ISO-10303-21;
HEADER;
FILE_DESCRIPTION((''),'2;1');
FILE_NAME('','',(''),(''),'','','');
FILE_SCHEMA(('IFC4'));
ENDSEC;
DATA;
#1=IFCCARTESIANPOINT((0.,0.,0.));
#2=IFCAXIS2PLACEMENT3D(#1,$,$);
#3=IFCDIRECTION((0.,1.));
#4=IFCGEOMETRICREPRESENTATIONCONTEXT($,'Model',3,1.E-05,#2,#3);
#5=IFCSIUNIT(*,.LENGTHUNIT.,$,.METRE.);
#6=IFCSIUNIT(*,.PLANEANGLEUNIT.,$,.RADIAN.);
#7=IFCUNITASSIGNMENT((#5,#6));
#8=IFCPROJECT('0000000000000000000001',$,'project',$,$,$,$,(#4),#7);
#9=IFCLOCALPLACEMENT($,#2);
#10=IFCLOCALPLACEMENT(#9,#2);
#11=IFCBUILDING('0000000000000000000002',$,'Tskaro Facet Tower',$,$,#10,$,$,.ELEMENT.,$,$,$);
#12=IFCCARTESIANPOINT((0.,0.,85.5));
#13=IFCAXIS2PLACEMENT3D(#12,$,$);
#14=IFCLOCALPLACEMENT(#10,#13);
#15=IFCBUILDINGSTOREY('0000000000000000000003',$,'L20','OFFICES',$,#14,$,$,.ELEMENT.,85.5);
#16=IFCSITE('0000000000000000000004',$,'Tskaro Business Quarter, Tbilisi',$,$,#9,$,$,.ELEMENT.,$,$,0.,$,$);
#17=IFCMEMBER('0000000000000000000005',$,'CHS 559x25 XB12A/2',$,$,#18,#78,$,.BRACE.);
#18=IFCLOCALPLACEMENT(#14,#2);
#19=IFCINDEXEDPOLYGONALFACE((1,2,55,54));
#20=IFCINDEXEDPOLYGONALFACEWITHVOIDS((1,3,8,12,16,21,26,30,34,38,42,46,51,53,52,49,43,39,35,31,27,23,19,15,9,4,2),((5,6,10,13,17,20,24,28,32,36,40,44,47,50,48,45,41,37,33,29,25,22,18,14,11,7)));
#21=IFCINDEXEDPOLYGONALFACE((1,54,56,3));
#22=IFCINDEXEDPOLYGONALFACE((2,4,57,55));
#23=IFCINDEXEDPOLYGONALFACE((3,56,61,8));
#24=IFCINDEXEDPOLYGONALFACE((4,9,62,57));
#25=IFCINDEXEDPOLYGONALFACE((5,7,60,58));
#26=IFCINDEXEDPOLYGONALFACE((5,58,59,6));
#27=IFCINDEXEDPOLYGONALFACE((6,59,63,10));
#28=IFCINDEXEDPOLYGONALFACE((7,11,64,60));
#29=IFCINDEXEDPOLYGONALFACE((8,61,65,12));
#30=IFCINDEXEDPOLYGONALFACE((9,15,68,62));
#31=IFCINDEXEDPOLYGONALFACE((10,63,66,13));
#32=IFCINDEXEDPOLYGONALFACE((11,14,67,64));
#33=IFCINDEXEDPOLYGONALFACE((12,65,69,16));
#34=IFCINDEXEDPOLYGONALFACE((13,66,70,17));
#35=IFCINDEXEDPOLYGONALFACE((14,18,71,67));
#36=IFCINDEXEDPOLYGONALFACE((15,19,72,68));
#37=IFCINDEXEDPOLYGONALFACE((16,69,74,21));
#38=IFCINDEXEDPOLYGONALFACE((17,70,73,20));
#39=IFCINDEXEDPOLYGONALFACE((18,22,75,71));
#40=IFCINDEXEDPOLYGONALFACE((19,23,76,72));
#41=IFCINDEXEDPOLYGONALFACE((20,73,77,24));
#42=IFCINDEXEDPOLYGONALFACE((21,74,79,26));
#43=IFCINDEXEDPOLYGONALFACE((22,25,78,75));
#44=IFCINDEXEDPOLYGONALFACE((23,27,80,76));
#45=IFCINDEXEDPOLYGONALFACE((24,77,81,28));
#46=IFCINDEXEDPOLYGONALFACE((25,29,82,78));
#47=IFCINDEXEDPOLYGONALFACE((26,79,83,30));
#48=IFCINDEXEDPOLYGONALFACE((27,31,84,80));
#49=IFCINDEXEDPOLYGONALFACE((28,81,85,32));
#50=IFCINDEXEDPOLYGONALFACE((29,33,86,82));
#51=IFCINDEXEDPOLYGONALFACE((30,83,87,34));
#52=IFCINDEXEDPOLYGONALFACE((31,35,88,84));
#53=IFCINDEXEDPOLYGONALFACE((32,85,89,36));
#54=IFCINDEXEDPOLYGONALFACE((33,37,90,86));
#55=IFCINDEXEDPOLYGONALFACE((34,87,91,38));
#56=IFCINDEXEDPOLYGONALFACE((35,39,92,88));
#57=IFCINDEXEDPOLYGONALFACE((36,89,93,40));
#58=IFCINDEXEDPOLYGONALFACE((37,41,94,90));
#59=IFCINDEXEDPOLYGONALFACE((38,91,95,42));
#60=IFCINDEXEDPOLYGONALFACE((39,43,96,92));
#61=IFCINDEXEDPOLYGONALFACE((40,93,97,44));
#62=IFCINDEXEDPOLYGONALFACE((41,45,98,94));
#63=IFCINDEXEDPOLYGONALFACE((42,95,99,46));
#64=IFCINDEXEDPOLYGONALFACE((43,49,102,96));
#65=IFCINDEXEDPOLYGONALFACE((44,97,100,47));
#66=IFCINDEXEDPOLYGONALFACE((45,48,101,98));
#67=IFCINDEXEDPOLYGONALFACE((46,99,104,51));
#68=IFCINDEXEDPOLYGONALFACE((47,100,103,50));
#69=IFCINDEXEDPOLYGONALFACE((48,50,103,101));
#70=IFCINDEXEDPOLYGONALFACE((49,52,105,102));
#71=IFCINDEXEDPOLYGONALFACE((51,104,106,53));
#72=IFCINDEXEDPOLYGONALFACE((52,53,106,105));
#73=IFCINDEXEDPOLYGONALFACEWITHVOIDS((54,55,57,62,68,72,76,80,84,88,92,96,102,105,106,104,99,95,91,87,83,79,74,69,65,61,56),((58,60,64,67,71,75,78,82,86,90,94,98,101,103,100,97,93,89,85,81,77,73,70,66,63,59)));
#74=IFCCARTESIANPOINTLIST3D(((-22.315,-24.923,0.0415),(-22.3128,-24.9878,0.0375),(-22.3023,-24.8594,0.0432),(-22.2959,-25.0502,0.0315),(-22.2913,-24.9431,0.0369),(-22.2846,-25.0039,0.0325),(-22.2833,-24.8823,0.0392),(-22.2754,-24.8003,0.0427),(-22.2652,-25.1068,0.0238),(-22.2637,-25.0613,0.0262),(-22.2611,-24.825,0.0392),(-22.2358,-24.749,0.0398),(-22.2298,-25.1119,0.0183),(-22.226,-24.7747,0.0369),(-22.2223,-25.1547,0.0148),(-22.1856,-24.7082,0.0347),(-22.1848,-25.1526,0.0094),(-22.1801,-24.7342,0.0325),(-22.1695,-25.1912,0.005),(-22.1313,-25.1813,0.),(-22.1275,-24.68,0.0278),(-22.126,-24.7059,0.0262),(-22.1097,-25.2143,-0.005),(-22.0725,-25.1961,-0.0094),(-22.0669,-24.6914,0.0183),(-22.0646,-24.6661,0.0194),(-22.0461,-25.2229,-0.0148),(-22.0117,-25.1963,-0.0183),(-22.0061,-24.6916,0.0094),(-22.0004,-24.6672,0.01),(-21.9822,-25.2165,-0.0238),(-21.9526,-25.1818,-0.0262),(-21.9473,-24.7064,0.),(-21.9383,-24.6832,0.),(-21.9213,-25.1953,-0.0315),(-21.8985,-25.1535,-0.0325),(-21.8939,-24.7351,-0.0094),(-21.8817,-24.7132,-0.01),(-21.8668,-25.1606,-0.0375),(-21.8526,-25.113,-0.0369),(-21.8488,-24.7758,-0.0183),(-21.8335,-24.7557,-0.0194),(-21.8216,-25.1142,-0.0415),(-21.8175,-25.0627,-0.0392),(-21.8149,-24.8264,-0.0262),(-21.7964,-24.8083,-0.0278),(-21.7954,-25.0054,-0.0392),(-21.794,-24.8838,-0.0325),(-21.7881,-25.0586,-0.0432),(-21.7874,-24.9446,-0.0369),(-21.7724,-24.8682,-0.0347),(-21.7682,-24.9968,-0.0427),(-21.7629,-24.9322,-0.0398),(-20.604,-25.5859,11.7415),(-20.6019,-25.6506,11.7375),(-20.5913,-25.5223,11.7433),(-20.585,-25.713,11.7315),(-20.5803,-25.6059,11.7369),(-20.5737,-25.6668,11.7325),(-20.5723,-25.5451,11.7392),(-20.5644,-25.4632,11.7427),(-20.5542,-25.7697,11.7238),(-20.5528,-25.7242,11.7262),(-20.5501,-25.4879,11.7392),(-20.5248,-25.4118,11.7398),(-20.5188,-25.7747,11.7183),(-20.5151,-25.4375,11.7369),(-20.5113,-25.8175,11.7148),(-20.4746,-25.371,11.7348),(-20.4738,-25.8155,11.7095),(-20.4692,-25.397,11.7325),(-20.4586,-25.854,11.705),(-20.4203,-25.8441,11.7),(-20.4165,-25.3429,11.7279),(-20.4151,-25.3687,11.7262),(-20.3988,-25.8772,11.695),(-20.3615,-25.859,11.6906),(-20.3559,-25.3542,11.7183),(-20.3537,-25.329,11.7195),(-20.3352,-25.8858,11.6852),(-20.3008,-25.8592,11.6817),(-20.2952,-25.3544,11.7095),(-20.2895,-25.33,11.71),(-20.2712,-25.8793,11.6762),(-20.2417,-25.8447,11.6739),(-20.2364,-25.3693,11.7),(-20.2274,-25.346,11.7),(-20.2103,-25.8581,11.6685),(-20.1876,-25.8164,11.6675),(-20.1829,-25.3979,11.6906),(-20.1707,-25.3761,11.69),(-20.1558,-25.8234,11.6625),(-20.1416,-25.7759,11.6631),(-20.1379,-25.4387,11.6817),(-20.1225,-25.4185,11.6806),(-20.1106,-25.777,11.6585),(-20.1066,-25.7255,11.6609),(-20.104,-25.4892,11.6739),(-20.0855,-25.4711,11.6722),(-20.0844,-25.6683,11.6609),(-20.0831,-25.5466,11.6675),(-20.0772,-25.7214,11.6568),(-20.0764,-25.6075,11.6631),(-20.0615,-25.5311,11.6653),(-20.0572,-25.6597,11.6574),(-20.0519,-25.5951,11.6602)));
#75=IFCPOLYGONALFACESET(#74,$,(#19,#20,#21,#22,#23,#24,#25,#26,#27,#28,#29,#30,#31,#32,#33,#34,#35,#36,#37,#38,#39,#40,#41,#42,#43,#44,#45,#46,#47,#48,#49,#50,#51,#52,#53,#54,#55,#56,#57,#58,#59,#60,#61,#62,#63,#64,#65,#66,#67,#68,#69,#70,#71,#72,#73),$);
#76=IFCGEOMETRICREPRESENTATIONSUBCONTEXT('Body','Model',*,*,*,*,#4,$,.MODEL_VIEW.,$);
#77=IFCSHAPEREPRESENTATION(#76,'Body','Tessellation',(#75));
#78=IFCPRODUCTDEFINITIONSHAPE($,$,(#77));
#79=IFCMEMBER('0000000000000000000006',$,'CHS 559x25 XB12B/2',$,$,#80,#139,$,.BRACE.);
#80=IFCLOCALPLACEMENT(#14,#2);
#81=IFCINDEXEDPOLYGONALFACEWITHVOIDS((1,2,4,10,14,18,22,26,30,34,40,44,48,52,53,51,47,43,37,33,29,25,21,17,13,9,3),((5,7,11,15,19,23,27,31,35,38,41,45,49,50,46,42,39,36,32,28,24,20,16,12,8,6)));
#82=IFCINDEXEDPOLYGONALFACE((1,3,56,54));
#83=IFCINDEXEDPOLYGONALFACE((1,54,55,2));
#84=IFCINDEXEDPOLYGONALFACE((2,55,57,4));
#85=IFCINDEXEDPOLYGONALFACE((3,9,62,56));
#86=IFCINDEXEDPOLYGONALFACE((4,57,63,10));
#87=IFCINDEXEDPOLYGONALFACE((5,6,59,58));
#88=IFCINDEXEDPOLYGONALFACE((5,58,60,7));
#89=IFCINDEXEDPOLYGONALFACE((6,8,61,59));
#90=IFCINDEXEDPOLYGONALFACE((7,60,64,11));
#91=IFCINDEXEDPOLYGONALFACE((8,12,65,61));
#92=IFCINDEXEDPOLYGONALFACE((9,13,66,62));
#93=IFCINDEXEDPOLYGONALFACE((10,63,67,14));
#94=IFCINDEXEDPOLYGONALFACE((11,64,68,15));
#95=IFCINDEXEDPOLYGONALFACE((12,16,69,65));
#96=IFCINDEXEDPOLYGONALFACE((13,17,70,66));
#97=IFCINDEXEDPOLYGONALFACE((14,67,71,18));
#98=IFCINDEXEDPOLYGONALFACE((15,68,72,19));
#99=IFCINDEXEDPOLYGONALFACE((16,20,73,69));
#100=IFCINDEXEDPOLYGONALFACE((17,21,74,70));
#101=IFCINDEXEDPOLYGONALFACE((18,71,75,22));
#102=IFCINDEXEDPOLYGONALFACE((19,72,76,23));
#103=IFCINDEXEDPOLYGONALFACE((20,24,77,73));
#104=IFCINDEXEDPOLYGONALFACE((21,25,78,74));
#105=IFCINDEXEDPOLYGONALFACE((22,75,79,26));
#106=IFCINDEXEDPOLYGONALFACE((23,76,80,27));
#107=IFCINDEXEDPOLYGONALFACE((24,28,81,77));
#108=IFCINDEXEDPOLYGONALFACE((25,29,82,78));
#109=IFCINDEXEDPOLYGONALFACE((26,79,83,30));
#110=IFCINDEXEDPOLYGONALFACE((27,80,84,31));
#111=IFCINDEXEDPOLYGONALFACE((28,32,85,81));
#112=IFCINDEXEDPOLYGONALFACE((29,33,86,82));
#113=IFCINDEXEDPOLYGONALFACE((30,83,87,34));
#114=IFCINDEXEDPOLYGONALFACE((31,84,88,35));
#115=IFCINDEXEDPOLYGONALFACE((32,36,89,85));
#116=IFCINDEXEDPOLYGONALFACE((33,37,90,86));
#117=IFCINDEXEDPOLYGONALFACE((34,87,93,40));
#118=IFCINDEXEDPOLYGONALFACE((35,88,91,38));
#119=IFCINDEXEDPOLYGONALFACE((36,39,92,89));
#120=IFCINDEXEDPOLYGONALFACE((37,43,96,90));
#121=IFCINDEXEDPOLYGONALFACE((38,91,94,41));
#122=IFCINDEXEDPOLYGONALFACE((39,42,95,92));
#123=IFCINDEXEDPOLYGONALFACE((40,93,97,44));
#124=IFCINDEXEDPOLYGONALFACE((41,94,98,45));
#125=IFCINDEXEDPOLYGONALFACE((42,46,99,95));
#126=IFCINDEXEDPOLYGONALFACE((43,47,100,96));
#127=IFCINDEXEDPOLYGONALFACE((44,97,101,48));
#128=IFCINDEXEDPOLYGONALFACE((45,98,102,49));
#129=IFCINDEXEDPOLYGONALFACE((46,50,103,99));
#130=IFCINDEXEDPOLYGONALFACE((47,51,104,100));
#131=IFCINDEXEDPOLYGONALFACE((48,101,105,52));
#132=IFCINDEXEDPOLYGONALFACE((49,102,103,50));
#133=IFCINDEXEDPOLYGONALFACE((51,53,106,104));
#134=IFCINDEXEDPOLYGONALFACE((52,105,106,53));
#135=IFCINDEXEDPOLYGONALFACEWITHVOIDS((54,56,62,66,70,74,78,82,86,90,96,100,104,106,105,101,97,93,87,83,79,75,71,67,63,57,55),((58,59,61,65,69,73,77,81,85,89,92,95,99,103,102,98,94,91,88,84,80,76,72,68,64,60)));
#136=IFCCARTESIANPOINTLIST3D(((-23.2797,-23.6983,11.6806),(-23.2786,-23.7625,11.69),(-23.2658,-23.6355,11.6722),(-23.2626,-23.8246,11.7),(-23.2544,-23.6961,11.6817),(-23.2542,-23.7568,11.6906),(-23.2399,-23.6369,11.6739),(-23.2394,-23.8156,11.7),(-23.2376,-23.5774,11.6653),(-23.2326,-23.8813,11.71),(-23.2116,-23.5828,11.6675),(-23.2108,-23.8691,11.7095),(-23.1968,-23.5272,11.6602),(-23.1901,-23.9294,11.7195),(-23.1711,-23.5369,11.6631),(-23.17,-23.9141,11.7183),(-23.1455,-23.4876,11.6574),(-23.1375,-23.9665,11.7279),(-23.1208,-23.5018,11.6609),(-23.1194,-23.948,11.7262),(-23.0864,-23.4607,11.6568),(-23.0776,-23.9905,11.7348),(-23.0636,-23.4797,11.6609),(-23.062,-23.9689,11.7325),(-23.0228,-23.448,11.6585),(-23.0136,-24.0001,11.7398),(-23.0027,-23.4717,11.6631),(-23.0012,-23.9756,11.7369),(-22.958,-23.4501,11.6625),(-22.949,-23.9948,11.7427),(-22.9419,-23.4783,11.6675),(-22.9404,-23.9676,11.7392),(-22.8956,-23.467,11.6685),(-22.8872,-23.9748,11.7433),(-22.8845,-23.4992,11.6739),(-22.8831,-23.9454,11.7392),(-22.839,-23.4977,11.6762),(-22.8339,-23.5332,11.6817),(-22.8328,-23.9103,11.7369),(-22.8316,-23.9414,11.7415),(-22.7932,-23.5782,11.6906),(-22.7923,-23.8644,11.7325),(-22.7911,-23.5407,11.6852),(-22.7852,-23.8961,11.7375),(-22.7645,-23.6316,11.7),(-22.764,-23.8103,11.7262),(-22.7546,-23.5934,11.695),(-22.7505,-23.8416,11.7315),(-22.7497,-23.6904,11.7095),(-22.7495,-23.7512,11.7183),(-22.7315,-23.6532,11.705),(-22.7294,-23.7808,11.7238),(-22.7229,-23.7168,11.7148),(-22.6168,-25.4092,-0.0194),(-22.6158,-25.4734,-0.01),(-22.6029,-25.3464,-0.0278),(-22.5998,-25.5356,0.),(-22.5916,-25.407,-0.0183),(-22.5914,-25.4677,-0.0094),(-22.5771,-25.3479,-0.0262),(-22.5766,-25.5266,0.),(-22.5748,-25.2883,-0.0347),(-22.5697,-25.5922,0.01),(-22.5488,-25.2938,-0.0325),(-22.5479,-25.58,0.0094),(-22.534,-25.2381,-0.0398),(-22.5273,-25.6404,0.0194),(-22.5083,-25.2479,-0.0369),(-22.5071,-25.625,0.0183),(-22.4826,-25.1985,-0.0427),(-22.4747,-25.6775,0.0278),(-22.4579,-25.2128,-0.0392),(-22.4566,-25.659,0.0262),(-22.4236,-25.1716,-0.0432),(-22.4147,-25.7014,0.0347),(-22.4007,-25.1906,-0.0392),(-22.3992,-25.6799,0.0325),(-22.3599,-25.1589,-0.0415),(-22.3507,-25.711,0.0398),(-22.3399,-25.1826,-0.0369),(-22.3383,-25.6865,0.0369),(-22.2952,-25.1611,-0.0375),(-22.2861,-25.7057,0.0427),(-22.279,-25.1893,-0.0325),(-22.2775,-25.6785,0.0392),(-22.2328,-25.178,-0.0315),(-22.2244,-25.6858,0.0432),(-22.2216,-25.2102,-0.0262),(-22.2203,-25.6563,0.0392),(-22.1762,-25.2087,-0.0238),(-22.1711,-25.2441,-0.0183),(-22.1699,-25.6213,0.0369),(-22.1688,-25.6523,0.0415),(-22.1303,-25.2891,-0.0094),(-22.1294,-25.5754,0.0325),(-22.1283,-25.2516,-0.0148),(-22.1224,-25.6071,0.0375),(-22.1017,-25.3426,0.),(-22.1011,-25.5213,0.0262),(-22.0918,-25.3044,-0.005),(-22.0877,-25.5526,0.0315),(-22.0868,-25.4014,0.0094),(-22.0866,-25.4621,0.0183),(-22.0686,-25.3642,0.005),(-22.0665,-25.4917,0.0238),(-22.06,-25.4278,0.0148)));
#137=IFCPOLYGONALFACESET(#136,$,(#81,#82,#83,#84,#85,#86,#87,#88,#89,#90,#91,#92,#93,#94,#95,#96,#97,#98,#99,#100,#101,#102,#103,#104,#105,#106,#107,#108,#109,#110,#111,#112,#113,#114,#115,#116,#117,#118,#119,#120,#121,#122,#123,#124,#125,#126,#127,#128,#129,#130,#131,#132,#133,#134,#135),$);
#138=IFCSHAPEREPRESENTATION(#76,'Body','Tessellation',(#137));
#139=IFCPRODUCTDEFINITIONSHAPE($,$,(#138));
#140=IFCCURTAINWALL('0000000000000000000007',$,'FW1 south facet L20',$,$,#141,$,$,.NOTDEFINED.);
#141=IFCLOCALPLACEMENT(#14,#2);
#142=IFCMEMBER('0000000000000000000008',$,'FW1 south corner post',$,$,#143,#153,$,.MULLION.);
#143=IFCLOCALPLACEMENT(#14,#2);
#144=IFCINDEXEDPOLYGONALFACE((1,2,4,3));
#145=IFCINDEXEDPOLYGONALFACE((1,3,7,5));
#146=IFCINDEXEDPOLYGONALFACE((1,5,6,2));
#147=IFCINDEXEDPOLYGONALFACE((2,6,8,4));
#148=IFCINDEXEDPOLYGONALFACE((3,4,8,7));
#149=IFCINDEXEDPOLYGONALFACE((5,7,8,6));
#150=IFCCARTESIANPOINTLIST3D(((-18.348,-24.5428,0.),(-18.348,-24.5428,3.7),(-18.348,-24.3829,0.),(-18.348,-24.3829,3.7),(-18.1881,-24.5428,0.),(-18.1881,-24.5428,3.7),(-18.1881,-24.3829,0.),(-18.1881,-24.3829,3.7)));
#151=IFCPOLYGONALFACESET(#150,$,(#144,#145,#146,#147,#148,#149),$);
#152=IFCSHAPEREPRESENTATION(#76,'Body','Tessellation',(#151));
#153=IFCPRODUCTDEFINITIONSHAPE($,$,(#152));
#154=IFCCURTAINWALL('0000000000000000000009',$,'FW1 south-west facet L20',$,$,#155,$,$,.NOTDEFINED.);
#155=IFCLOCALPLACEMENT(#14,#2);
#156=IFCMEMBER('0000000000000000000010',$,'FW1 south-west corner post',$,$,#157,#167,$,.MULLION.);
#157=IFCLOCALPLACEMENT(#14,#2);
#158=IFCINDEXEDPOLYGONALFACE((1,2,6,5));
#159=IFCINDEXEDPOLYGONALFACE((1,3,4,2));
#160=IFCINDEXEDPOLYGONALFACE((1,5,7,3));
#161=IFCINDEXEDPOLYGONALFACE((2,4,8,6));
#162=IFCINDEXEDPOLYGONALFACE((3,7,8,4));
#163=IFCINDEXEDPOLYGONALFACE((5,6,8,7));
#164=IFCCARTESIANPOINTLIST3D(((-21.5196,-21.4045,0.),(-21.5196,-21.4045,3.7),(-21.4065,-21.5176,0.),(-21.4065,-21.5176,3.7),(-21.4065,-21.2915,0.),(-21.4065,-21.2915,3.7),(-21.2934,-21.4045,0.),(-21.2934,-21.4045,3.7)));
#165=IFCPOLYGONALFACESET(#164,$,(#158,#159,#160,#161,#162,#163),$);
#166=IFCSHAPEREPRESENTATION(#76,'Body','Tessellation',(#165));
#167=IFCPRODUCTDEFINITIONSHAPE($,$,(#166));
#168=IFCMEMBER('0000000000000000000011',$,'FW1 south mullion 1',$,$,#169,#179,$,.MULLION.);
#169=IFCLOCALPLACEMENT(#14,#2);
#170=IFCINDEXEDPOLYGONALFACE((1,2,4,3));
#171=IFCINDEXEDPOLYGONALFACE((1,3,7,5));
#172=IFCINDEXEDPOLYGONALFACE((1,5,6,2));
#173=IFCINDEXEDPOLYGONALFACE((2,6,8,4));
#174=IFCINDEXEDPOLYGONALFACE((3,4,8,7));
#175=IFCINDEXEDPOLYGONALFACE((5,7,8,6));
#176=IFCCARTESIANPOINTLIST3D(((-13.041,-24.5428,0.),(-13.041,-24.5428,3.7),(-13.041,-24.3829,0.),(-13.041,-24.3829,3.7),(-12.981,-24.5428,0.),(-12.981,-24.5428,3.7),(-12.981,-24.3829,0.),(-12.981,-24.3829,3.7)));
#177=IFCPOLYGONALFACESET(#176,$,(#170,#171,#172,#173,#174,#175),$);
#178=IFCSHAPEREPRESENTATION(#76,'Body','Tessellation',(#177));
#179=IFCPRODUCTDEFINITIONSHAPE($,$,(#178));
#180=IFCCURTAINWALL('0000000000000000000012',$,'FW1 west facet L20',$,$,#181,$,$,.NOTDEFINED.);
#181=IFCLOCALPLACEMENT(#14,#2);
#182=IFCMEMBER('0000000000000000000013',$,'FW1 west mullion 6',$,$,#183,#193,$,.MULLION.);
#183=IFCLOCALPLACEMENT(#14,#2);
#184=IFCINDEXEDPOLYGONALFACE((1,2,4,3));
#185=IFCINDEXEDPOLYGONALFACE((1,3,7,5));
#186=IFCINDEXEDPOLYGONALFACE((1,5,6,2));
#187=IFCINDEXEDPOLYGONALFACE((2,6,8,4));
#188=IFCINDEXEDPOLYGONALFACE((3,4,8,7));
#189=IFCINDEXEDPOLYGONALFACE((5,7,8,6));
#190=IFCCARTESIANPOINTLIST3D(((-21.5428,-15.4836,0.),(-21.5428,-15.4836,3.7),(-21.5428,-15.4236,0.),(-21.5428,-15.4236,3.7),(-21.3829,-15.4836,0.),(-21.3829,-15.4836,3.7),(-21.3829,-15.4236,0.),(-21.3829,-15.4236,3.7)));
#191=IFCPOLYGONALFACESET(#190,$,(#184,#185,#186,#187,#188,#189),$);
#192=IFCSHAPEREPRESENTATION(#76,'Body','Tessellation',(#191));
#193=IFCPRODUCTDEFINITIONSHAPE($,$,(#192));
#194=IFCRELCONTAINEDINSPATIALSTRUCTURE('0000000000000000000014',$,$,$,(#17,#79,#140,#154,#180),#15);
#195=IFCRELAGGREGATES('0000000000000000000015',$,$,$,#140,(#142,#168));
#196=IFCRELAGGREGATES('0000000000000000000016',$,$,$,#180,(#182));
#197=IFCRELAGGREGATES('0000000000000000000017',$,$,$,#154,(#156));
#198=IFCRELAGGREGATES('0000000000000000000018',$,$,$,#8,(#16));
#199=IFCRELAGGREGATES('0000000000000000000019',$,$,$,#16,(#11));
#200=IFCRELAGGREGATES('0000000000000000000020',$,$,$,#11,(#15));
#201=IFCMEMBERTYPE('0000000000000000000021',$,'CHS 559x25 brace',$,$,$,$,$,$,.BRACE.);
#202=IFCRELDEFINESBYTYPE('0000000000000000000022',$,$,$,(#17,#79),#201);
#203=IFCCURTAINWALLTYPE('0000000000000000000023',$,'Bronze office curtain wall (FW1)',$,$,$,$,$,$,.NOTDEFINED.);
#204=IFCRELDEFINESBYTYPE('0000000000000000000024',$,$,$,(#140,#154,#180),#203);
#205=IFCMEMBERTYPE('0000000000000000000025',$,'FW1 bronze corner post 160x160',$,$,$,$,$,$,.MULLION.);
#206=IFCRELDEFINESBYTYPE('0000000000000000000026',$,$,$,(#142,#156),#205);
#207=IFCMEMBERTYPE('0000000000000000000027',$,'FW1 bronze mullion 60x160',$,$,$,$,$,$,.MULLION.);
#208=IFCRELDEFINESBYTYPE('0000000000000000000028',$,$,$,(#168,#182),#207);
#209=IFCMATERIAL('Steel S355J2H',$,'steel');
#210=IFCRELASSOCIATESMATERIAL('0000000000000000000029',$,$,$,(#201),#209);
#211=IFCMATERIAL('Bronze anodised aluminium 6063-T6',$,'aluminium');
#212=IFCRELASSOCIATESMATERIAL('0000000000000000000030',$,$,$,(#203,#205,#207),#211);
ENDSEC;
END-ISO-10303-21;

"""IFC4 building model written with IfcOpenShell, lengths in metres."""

from ifc_helpers import new_model, si_unit, direction, frame, origin, origin_2d, place, context, subcontext, project, spatial, rectangle, hollow_circle, extrude, material, material_profile, profile_set, type_object, element, aggregate, save


model = new_model("IFC4")

# Units and contexts
model_context = context("Model", 3, precision=1e-05, world=origin(), true_north=direction((0.0, 1.0)))
body_context = subcontext(model_context, "Body", "Model", "MODEL_VIEW")
ifc_project = project(units=[si_unit("LENGTHUNIT", "METRE"), si_unit("PLANEANGLEUNIT", "RADIAN")], contexts=[model_context])

# Site, building, storey
site_placement = place(None, origin())
site = spatial("IfcSite", under=ifc_project, at=site_placement, Name="Tskaro Business Quarter, Tbilisi", CompositionType="ELEMENT", RefElevation=0.0)
building_placement = place(site_placement, origin())
building = spatial("IfcBuilding", under=site, at=building_placement, Name="Tskaro Facet Tower", CompositionType="ELEMENT")
storey_placement = place(building_placement, frame((0.0, 0.0, 85.5)))
storey = spatial("IfcBuildingStorey", under=building, at=storey_placement, Name="L20", Description="OFFICES", CompositionType="ELEMENT", Elevation=85.5)

# Shared definitions
ifc_material_1 = material(Name="Steel S355J2H", Category="steel")

# Members
ifc_material_profile_1 = material_profile(ifc_material_1, hollow_circle(Radius=0.2795, WallThickness=0.0249, at=origin_2d()), Name="CHS 559x25")
ifc_profile_set_1 = profile_set([ifc_material_profile_1], Name="Steel S355J2H")
member_type_1 = type_object("IfcMemberType", Name="CHS 559x25 brace", PredefinedType="BRACE", material=ifc_profile_set_1)
for number, where, z_axis, x_axis, name in (
    (1, (-22.0393, -24.9438, 0.0), (0.144469, -0.055969, 0.987925), (0.361252, 0.932468, 0.0), "CHS 559x25 XB12A/2"),
    (2, (-22.3391, -25.4346, 0.0), (-0.055969, 0.144469, 0.987925), (-0.932468, -0.361252, 0.0), "CHS 559x25 XB12B/2"),
):
    element("IfcMember", number, at=place(storey_placement, frame(where, z_axis=z_axis, x_axis=x_axis)), inside=storey, type_object=member_type_1, Name=name, PredefinedType="BRACE", context=body_context, shape_type="SweptSolid", body=[
        extrude(hollow_circle(Radius=0.2795, WallThickness=0.0249, at=origin_2d()), origin(), (0.0, 0.0, 1.0), 11.843),
    ])

# Curtain walls, members
ifc_material_2 = material(Name="Bronze anodised aluminium 6063-T6", Category="aluminium")
curtain_wall_type = type_object("IfcCurtainWallType", Name="Bronze office curtain wall (FW1)", PredefinedType="NOTDEFINED", material=ifc_material_2)
curtain_wall_1_placement = place(storey_placement, origin())
curtain_wall_1 = element("IfcCurtainWall", 3, at=curtain_wall_1_placement, inside=storey, type_object=curtain_wall_type, Name="FW1 south facet L20", PredefinedType="NOTDEFINED")
ifc_material_profile_2 = material_profile(ifc_material_2, rectangle(XDim=0.1599, YDim=0.1599, at=origin_2d()), Name="Corner post 160x160")
ifc_profile_set_2 = profile_set([ifc_material_profile_2], Name="Bronze anodised aluminium 6063-T6")
member_type_2 = type_object("IfcMemberType", Name="FW1 bronze corner post 160x160", PredefinedType="MULLION", material=ifc_profile_set_2)
member_1_placement = place(storey_placement, frame((-18.2681, -24.4629, 0.0), z_axis=(0.0, 0.0, 1.0), x_axis=(1.0, 0.0, 0.0)))
member_1 = element("IfcMember", 4, at=member_1_placement, type_object=member_type_2, Name="FW1 south corner post", PredefinedType="MULLION", context=body_context, shape_type="SweptSolid", body=[
    extrude(rectangle(XDim=0.1599, YDim=0.1599, at=origin_2d()), origin(), (0.0, 0.0, 1.0), 3.7),
])
curtain_wall_2_placement = place(storey_placement, origin())
curtain_wall_2 = element("IfcCurtainWall", 5, at=curtain_wall_2_placement, inside=storey, type_object=curtain_wall_type, Name="FW1 south-west facet L20", PredefinedType="NOTDEFINED")
member_2_placement = place(storey_placement, frame((-21.4065, -21.4045, 0.0), z_axis=(0.0, 0.0, 1.0), x_axis=(0.707107, -0.707107, 0.0)))
member_2 = element("IfcMember", 6, at=member_2_placement, type_object=member_type_2, Name="FW1 south-west corner post", PredefinedType="MULLION", context=body_context, shape_type="SweptSolid", body=[
    extrude(rectangle(XDim=0.1599, YDim=0.1599, at=origin_2d()), origin(), (0.0, 0.0, 1.0), 3.7),
])

# Member
ifc_material_profile_3 = material_profile(ifc_material_2, rectangle(XDim=0.0601, YDim=0.1599, at=origin_2d()), Name="Mullion 60x160")
ifc_profile_set_3 = profile_set([ifc_material_profile_3], Name="Bronze anodised aluminium 6063-T6")
member_type_3 = type_object("IfcMemberType", Name="FW1 bronze mullion 60x160", PredefinedType="MULLION", material=ifc_profile_set_3)
member_3_placement = place(storey_placement, frame((-13.011, -24.4629, 0.0), z_axis=(0.0, 0.0, 1.0), x_axis=(1.0, 0.0, 0.0)))
member_3 = element("IfcMember", 7, at=member_3_placement, type_object=member_type_3, Name="FW1 south mullion 1", PredefinedType="MULLION", context=body_context, shape_type="SweptSolid", body=[
    extrude(rectangle(XDim=0.0601, YDim=0.1599, at=origin_2d()), origin(), (0.0, 0.0, 1.0), 3.7),
])

# Curtain wall, member
curtain_wall_3_placement = place(storey_placement, origin())
curtain_wall_3 = element("IfcCurtainWall", 8, at=curtain_wall_3_placement, inside=storey, type_object=curtain_wall_type, Name="FW1 west facet L20", PredefinedType="NOTDEFINED")
member_4_placement = place(storey_placement, frame((-21.4629, -15.4536, 0.0), z_axis=(0.0, 0.0, 1.0), x_axis=(0.0, -1.0, 0.0)))
member_4 = element("IfcMember", 9, at=member_4_placement, type_object=member_type_3, Name="FW1 west mullion 6", PredefinedType="MULLION", context=body_context, shape_type="SweptSolid", body=[
    extrude(rectangle(XDim=0.0601, YDim=0.1599, at=origin_2d()), origin(), (0.0, 0.0, 1.0), 3.7),
])

aggregate(curtain_wall_1, [member_1, member_3])
aggregate(curtain_wall_3, [member_4])
aggregate(curtain_wall_2, [member_2])

save(model, "model.ifc")
